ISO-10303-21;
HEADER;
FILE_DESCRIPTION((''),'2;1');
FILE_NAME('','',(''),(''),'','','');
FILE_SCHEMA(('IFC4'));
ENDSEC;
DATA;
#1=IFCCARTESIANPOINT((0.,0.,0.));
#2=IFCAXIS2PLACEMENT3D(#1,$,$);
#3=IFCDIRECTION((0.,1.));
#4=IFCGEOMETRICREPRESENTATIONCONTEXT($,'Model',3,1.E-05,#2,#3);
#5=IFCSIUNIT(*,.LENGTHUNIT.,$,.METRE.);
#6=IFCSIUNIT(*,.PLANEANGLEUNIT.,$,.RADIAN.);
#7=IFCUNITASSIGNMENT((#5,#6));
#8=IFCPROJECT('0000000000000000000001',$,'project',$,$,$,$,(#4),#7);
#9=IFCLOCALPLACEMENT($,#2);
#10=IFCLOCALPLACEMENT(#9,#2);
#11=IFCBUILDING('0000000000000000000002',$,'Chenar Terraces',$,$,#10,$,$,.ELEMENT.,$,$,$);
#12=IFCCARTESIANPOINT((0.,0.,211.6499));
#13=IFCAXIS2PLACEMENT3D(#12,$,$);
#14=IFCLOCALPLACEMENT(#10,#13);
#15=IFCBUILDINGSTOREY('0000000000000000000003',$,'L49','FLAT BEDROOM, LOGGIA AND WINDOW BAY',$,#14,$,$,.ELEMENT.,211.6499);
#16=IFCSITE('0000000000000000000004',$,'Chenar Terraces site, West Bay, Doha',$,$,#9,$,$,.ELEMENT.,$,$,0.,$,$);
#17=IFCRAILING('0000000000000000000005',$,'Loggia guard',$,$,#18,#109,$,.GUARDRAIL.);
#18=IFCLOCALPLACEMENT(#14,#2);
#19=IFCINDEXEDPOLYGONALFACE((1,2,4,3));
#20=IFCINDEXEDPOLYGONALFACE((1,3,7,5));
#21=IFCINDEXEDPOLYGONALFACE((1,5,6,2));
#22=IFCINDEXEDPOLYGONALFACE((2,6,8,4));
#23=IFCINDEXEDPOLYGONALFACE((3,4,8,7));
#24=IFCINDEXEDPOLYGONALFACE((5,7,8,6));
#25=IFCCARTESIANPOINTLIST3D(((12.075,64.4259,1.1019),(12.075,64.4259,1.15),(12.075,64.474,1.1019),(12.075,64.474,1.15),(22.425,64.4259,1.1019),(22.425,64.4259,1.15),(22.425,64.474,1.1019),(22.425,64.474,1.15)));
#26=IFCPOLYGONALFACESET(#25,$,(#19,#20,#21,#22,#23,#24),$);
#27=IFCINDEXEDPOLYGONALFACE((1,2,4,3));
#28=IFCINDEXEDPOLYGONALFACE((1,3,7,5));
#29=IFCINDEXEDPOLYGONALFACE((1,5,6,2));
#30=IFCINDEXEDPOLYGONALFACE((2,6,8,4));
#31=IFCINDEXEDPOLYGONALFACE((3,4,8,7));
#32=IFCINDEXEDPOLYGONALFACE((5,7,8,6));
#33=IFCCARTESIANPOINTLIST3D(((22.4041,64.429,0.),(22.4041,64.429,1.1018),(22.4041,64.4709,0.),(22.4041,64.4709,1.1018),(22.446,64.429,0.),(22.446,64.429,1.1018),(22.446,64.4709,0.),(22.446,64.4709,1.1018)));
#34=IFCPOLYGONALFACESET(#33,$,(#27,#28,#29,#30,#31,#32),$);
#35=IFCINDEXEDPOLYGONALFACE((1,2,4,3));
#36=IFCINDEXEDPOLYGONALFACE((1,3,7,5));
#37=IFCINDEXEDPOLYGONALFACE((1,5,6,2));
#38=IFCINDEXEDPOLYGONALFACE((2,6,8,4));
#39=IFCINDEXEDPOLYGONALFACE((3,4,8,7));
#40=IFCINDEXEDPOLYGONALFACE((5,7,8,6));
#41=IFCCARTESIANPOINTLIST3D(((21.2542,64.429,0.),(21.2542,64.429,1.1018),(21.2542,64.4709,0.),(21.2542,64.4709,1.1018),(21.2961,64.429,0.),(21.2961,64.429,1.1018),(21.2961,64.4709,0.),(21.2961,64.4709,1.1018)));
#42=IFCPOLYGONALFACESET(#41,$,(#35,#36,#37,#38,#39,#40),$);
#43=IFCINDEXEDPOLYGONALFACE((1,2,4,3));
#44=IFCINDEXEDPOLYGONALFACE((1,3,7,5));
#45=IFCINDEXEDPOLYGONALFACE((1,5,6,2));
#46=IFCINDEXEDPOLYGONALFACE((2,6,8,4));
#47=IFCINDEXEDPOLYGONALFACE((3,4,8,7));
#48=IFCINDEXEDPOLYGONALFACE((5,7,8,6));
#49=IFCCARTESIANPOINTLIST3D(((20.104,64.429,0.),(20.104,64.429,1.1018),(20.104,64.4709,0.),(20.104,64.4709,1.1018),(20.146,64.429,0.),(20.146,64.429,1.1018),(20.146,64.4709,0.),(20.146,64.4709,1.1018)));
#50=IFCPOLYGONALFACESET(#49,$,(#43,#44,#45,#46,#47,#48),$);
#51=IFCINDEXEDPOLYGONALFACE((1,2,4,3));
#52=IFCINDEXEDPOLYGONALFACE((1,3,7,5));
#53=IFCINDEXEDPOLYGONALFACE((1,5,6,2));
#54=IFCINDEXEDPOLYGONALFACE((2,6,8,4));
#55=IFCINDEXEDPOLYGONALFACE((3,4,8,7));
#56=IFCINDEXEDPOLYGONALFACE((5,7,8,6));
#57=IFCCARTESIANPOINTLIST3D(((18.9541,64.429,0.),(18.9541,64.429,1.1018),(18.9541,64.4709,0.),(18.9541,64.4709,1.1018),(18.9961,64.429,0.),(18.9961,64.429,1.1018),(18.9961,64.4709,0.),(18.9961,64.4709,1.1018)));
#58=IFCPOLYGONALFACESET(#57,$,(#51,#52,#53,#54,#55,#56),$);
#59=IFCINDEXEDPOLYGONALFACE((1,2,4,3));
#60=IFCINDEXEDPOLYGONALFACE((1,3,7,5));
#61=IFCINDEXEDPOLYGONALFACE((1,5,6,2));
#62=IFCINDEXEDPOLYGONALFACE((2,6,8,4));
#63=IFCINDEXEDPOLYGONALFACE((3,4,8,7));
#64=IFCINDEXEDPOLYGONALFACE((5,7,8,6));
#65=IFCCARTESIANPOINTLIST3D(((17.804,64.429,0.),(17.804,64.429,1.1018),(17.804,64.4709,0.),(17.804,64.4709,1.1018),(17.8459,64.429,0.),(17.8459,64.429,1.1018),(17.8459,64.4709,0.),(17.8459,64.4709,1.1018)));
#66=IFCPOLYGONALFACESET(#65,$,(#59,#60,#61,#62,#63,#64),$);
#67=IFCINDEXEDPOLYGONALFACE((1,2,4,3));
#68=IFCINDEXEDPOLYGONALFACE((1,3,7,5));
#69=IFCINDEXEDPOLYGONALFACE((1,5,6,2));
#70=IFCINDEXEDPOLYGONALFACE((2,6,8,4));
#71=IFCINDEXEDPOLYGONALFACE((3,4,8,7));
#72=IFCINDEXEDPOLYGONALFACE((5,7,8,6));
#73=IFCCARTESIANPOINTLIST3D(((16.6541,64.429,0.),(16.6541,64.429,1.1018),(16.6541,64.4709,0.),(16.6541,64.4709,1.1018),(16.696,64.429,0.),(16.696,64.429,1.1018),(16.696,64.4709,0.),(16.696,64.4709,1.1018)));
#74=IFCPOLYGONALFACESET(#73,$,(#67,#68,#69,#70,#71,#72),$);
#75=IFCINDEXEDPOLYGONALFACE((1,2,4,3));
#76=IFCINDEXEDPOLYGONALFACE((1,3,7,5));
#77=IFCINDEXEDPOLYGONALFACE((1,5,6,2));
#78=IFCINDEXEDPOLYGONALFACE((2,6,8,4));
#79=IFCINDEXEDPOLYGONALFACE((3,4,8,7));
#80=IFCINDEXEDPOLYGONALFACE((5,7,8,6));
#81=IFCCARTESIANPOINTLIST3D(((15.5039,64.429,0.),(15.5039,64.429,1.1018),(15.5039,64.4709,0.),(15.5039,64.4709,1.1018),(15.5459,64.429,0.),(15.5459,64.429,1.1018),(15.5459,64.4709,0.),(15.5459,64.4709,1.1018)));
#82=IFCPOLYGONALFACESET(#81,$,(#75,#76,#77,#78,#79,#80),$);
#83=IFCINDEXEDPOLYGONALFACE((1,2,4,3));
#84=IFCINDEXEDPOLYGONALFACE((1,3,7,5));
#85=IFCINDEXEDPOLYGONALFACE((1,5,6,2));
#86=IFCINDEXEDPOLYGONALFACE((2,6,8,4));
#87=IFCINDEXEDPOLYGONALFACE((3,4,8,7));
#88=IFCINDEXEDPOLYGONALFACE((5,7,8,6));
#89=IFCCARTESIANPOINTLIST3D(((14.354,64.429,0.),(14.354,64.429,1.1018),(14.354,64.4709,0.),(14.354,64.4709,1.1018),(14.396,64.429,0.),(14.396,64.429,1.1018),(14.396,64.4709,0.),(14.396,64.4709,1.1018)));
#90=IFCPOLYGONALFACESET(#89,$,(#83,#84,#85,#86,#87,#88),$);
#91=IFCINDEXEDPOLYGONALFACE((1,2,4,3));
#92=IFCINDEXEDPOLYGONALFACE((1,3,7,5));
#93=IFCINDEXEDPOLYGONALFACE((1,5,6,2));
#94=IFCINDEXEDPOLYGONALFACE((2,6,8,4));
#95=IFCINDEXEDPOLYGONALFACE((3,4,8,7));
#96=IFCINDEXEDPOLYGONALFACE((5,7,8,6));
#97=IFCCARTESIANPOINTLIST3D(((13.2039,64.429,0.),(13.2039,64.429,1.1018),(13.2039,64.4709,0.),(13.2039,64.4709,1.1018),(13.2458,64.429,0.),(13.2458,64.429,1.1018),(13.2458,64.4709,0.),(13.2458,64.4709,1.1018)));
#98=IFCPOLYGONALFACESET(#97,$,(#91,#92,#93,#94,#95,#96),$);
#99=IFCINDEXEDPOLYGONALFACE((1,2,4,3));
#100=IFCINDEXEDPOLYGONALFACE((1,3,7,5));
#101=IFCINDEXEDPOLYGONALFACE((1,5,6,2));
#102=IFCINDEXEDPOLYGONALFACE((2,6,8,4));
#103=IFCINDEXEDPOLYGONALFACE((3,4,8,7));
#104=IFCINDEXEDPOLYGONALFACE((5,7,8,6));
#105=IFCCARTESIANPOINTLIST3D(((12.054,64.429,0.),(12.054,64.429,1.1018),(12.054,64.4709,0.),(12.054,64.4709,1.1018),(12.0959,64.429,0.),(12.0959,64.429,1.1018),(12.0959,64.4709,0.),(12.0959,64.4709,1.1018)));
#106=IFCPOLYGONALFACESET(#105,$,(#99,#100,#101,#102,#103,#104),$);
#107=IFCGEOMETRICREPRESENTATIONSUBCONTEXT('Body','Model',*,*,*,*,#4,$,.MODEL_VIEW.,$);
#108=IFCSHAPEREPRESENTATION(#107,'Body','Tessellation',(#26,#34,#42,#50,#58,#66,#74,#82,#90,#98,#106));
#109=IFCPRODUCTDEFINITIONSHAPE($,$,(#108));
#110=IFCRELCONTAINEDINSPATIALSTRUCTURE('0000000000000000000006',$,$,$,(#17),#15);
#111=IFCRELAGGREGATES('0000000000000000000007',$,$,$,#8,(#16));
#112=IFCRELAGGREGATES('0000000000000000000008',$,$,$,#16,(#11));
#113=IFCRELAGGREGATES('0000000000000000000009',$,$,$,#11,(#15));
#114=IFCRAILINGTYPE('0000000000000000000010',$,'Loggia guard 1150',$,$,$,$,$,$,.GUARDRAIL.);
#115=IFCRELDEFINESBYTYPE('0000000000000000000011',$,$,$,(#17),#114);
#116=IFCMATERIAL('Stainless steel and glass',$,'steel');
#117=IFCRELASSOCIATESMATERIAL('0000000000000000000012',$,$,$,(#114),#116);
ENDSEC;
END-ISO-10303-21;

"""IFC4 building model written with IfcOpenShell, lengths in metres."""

from ifc_helpers import new_model, si_unit, direction, frame, origin, origin_2d, place, context, subcontext, project, spatial, rectangle, extrude, material, type_object, element, save


model = new_model("IFC4")

# Units and contexts
model_context = context("Model", 3, precision=1e-05, world=origin(), true_north=direction((0.0, 1.0)))
body_context = subcontext(model_context, "Body", "Model", "MODEL_VIEW")
ifc_project = project(units=[si_unit("LENGTHUNIT", "METRE"), si_unit("PLANEANGLEUNIT", "RADIAN")], contexts=[model_context])

# Site, building, storey
site_placement = place(None, origin())
site = spatial("IfcSite", under=ifc_project, at=site_placement, Name="Chenar Terraces site, West Bay, Doha", CompositionType="ELEMENT", RefElevation=0.0)
building_placement = place(site_placement, origin())
building = spatial("IfcBuilding", under=site, at=building_placement, Name="Chenar Terraces", CompositionType="ELEMENT")
storey_placement = place(building_placement, frame((0.0, 0.0, 211.6499)))
storey = spatial("IfcBuildingStorey", under=building, at=storey_placement, Name="L49", Description="FLAT BEDROOM, LOGGIA AND WINDOW BAY", CompositionType="ELEMENT", Elevation=211.6499)

# Railing
ifc_material_1 = material(Name="Stainless steel and glass", Category="steel")
railing_type_1 = type_object("IfcRailingType", Name="Loggia guard 1150", PredefinedType="GUARDRAIL", material=ifc_material_1)
railing_1_placement = place(storey_placement, frame((22.425, 64.45, 0.0)))
element("IfcRailing", 1, at=railing_1_placement, inside=storey, type_object=railing_type_1, Name="Loggia guard", PredefinedType="GUARDRAIL", context=body_context, shape_type="SweptSolid", body=[
    extrude(rectangle(XDim=0.0481, YDim=0.0481, at=origin_2d()), frame((0.0, 0.0, 1.126), z_axis=(-1.0, 0.0, 0.0), x_axis=(0.0, -1.0, 0.0)), (0.0, 0.0, 1.0), 10.3501),
    extrude(rectangle(XDim=0.042, YDim=0.042, at=origin_2d()), origin(), (0.0, 0.0, 1.0), 1.1018),
    extrude(rectangle(XDim=0.042, YDim=0.042, at=origin_2d()), frame((-1.1499, 0.0, 0.0)), (0.0, 0.0, 1.0), 1.1018),
    extrude(rectangle(XDim=0.042, YDim=0.042, at=origin_2d()), frame((-2.3, 0.0, 0.0)), (0.0, 0.0, 1.0), 1.1018),
    extrude(rectangle(XDim=0.042, YDim=0.042, at=origin_2d()), frame((-3.45, 0.0, 0.0)), (0.0, 0.0, 1.0), 1.1018),
    extrude(rectangle(XDim=0.042, YDim=0.042, at=origin_2d()), frame((-4.6001, 0.0, 0.0)), (0.0, 0.0, 1.0), 1.1018),
    extrude(rectangle(XDim=0.042, YDim=0.042, at=origin_2d()), frame((-5.75, 0.0, 0.0)), (0.0, 0.0, 1.0), 1.1018),
    extrude(rectangle(XDim=0.042, YDim=0.042, at=origin_2d()), frame((-6.9001, 0.0, 0.0)), (0.0, 0.0, 1.0), 1.1018),
    extrude(rectangle(XDim=0.042, YDim=0.042, at=origin_2d()), frame((-8.05, 0.0, 0.0)), (0.0, 0.0, 1.0), 1.1018),
    extrude(rectangle(XDim=0.042, YDim=0.042, at=origin_2d()), frame((-9.2002, 0.0, 0.0)), (0.0, 0.0, 1.0), 1.1018),
    extrude(rectangle(XDim=0.042, YDim=0.042, at=origin_2d()), frame((-10.3501, 0.0, 0.0)), (0.0, 0.0, 1.0), 1.1018),
])

save(model, "model.ifc")
